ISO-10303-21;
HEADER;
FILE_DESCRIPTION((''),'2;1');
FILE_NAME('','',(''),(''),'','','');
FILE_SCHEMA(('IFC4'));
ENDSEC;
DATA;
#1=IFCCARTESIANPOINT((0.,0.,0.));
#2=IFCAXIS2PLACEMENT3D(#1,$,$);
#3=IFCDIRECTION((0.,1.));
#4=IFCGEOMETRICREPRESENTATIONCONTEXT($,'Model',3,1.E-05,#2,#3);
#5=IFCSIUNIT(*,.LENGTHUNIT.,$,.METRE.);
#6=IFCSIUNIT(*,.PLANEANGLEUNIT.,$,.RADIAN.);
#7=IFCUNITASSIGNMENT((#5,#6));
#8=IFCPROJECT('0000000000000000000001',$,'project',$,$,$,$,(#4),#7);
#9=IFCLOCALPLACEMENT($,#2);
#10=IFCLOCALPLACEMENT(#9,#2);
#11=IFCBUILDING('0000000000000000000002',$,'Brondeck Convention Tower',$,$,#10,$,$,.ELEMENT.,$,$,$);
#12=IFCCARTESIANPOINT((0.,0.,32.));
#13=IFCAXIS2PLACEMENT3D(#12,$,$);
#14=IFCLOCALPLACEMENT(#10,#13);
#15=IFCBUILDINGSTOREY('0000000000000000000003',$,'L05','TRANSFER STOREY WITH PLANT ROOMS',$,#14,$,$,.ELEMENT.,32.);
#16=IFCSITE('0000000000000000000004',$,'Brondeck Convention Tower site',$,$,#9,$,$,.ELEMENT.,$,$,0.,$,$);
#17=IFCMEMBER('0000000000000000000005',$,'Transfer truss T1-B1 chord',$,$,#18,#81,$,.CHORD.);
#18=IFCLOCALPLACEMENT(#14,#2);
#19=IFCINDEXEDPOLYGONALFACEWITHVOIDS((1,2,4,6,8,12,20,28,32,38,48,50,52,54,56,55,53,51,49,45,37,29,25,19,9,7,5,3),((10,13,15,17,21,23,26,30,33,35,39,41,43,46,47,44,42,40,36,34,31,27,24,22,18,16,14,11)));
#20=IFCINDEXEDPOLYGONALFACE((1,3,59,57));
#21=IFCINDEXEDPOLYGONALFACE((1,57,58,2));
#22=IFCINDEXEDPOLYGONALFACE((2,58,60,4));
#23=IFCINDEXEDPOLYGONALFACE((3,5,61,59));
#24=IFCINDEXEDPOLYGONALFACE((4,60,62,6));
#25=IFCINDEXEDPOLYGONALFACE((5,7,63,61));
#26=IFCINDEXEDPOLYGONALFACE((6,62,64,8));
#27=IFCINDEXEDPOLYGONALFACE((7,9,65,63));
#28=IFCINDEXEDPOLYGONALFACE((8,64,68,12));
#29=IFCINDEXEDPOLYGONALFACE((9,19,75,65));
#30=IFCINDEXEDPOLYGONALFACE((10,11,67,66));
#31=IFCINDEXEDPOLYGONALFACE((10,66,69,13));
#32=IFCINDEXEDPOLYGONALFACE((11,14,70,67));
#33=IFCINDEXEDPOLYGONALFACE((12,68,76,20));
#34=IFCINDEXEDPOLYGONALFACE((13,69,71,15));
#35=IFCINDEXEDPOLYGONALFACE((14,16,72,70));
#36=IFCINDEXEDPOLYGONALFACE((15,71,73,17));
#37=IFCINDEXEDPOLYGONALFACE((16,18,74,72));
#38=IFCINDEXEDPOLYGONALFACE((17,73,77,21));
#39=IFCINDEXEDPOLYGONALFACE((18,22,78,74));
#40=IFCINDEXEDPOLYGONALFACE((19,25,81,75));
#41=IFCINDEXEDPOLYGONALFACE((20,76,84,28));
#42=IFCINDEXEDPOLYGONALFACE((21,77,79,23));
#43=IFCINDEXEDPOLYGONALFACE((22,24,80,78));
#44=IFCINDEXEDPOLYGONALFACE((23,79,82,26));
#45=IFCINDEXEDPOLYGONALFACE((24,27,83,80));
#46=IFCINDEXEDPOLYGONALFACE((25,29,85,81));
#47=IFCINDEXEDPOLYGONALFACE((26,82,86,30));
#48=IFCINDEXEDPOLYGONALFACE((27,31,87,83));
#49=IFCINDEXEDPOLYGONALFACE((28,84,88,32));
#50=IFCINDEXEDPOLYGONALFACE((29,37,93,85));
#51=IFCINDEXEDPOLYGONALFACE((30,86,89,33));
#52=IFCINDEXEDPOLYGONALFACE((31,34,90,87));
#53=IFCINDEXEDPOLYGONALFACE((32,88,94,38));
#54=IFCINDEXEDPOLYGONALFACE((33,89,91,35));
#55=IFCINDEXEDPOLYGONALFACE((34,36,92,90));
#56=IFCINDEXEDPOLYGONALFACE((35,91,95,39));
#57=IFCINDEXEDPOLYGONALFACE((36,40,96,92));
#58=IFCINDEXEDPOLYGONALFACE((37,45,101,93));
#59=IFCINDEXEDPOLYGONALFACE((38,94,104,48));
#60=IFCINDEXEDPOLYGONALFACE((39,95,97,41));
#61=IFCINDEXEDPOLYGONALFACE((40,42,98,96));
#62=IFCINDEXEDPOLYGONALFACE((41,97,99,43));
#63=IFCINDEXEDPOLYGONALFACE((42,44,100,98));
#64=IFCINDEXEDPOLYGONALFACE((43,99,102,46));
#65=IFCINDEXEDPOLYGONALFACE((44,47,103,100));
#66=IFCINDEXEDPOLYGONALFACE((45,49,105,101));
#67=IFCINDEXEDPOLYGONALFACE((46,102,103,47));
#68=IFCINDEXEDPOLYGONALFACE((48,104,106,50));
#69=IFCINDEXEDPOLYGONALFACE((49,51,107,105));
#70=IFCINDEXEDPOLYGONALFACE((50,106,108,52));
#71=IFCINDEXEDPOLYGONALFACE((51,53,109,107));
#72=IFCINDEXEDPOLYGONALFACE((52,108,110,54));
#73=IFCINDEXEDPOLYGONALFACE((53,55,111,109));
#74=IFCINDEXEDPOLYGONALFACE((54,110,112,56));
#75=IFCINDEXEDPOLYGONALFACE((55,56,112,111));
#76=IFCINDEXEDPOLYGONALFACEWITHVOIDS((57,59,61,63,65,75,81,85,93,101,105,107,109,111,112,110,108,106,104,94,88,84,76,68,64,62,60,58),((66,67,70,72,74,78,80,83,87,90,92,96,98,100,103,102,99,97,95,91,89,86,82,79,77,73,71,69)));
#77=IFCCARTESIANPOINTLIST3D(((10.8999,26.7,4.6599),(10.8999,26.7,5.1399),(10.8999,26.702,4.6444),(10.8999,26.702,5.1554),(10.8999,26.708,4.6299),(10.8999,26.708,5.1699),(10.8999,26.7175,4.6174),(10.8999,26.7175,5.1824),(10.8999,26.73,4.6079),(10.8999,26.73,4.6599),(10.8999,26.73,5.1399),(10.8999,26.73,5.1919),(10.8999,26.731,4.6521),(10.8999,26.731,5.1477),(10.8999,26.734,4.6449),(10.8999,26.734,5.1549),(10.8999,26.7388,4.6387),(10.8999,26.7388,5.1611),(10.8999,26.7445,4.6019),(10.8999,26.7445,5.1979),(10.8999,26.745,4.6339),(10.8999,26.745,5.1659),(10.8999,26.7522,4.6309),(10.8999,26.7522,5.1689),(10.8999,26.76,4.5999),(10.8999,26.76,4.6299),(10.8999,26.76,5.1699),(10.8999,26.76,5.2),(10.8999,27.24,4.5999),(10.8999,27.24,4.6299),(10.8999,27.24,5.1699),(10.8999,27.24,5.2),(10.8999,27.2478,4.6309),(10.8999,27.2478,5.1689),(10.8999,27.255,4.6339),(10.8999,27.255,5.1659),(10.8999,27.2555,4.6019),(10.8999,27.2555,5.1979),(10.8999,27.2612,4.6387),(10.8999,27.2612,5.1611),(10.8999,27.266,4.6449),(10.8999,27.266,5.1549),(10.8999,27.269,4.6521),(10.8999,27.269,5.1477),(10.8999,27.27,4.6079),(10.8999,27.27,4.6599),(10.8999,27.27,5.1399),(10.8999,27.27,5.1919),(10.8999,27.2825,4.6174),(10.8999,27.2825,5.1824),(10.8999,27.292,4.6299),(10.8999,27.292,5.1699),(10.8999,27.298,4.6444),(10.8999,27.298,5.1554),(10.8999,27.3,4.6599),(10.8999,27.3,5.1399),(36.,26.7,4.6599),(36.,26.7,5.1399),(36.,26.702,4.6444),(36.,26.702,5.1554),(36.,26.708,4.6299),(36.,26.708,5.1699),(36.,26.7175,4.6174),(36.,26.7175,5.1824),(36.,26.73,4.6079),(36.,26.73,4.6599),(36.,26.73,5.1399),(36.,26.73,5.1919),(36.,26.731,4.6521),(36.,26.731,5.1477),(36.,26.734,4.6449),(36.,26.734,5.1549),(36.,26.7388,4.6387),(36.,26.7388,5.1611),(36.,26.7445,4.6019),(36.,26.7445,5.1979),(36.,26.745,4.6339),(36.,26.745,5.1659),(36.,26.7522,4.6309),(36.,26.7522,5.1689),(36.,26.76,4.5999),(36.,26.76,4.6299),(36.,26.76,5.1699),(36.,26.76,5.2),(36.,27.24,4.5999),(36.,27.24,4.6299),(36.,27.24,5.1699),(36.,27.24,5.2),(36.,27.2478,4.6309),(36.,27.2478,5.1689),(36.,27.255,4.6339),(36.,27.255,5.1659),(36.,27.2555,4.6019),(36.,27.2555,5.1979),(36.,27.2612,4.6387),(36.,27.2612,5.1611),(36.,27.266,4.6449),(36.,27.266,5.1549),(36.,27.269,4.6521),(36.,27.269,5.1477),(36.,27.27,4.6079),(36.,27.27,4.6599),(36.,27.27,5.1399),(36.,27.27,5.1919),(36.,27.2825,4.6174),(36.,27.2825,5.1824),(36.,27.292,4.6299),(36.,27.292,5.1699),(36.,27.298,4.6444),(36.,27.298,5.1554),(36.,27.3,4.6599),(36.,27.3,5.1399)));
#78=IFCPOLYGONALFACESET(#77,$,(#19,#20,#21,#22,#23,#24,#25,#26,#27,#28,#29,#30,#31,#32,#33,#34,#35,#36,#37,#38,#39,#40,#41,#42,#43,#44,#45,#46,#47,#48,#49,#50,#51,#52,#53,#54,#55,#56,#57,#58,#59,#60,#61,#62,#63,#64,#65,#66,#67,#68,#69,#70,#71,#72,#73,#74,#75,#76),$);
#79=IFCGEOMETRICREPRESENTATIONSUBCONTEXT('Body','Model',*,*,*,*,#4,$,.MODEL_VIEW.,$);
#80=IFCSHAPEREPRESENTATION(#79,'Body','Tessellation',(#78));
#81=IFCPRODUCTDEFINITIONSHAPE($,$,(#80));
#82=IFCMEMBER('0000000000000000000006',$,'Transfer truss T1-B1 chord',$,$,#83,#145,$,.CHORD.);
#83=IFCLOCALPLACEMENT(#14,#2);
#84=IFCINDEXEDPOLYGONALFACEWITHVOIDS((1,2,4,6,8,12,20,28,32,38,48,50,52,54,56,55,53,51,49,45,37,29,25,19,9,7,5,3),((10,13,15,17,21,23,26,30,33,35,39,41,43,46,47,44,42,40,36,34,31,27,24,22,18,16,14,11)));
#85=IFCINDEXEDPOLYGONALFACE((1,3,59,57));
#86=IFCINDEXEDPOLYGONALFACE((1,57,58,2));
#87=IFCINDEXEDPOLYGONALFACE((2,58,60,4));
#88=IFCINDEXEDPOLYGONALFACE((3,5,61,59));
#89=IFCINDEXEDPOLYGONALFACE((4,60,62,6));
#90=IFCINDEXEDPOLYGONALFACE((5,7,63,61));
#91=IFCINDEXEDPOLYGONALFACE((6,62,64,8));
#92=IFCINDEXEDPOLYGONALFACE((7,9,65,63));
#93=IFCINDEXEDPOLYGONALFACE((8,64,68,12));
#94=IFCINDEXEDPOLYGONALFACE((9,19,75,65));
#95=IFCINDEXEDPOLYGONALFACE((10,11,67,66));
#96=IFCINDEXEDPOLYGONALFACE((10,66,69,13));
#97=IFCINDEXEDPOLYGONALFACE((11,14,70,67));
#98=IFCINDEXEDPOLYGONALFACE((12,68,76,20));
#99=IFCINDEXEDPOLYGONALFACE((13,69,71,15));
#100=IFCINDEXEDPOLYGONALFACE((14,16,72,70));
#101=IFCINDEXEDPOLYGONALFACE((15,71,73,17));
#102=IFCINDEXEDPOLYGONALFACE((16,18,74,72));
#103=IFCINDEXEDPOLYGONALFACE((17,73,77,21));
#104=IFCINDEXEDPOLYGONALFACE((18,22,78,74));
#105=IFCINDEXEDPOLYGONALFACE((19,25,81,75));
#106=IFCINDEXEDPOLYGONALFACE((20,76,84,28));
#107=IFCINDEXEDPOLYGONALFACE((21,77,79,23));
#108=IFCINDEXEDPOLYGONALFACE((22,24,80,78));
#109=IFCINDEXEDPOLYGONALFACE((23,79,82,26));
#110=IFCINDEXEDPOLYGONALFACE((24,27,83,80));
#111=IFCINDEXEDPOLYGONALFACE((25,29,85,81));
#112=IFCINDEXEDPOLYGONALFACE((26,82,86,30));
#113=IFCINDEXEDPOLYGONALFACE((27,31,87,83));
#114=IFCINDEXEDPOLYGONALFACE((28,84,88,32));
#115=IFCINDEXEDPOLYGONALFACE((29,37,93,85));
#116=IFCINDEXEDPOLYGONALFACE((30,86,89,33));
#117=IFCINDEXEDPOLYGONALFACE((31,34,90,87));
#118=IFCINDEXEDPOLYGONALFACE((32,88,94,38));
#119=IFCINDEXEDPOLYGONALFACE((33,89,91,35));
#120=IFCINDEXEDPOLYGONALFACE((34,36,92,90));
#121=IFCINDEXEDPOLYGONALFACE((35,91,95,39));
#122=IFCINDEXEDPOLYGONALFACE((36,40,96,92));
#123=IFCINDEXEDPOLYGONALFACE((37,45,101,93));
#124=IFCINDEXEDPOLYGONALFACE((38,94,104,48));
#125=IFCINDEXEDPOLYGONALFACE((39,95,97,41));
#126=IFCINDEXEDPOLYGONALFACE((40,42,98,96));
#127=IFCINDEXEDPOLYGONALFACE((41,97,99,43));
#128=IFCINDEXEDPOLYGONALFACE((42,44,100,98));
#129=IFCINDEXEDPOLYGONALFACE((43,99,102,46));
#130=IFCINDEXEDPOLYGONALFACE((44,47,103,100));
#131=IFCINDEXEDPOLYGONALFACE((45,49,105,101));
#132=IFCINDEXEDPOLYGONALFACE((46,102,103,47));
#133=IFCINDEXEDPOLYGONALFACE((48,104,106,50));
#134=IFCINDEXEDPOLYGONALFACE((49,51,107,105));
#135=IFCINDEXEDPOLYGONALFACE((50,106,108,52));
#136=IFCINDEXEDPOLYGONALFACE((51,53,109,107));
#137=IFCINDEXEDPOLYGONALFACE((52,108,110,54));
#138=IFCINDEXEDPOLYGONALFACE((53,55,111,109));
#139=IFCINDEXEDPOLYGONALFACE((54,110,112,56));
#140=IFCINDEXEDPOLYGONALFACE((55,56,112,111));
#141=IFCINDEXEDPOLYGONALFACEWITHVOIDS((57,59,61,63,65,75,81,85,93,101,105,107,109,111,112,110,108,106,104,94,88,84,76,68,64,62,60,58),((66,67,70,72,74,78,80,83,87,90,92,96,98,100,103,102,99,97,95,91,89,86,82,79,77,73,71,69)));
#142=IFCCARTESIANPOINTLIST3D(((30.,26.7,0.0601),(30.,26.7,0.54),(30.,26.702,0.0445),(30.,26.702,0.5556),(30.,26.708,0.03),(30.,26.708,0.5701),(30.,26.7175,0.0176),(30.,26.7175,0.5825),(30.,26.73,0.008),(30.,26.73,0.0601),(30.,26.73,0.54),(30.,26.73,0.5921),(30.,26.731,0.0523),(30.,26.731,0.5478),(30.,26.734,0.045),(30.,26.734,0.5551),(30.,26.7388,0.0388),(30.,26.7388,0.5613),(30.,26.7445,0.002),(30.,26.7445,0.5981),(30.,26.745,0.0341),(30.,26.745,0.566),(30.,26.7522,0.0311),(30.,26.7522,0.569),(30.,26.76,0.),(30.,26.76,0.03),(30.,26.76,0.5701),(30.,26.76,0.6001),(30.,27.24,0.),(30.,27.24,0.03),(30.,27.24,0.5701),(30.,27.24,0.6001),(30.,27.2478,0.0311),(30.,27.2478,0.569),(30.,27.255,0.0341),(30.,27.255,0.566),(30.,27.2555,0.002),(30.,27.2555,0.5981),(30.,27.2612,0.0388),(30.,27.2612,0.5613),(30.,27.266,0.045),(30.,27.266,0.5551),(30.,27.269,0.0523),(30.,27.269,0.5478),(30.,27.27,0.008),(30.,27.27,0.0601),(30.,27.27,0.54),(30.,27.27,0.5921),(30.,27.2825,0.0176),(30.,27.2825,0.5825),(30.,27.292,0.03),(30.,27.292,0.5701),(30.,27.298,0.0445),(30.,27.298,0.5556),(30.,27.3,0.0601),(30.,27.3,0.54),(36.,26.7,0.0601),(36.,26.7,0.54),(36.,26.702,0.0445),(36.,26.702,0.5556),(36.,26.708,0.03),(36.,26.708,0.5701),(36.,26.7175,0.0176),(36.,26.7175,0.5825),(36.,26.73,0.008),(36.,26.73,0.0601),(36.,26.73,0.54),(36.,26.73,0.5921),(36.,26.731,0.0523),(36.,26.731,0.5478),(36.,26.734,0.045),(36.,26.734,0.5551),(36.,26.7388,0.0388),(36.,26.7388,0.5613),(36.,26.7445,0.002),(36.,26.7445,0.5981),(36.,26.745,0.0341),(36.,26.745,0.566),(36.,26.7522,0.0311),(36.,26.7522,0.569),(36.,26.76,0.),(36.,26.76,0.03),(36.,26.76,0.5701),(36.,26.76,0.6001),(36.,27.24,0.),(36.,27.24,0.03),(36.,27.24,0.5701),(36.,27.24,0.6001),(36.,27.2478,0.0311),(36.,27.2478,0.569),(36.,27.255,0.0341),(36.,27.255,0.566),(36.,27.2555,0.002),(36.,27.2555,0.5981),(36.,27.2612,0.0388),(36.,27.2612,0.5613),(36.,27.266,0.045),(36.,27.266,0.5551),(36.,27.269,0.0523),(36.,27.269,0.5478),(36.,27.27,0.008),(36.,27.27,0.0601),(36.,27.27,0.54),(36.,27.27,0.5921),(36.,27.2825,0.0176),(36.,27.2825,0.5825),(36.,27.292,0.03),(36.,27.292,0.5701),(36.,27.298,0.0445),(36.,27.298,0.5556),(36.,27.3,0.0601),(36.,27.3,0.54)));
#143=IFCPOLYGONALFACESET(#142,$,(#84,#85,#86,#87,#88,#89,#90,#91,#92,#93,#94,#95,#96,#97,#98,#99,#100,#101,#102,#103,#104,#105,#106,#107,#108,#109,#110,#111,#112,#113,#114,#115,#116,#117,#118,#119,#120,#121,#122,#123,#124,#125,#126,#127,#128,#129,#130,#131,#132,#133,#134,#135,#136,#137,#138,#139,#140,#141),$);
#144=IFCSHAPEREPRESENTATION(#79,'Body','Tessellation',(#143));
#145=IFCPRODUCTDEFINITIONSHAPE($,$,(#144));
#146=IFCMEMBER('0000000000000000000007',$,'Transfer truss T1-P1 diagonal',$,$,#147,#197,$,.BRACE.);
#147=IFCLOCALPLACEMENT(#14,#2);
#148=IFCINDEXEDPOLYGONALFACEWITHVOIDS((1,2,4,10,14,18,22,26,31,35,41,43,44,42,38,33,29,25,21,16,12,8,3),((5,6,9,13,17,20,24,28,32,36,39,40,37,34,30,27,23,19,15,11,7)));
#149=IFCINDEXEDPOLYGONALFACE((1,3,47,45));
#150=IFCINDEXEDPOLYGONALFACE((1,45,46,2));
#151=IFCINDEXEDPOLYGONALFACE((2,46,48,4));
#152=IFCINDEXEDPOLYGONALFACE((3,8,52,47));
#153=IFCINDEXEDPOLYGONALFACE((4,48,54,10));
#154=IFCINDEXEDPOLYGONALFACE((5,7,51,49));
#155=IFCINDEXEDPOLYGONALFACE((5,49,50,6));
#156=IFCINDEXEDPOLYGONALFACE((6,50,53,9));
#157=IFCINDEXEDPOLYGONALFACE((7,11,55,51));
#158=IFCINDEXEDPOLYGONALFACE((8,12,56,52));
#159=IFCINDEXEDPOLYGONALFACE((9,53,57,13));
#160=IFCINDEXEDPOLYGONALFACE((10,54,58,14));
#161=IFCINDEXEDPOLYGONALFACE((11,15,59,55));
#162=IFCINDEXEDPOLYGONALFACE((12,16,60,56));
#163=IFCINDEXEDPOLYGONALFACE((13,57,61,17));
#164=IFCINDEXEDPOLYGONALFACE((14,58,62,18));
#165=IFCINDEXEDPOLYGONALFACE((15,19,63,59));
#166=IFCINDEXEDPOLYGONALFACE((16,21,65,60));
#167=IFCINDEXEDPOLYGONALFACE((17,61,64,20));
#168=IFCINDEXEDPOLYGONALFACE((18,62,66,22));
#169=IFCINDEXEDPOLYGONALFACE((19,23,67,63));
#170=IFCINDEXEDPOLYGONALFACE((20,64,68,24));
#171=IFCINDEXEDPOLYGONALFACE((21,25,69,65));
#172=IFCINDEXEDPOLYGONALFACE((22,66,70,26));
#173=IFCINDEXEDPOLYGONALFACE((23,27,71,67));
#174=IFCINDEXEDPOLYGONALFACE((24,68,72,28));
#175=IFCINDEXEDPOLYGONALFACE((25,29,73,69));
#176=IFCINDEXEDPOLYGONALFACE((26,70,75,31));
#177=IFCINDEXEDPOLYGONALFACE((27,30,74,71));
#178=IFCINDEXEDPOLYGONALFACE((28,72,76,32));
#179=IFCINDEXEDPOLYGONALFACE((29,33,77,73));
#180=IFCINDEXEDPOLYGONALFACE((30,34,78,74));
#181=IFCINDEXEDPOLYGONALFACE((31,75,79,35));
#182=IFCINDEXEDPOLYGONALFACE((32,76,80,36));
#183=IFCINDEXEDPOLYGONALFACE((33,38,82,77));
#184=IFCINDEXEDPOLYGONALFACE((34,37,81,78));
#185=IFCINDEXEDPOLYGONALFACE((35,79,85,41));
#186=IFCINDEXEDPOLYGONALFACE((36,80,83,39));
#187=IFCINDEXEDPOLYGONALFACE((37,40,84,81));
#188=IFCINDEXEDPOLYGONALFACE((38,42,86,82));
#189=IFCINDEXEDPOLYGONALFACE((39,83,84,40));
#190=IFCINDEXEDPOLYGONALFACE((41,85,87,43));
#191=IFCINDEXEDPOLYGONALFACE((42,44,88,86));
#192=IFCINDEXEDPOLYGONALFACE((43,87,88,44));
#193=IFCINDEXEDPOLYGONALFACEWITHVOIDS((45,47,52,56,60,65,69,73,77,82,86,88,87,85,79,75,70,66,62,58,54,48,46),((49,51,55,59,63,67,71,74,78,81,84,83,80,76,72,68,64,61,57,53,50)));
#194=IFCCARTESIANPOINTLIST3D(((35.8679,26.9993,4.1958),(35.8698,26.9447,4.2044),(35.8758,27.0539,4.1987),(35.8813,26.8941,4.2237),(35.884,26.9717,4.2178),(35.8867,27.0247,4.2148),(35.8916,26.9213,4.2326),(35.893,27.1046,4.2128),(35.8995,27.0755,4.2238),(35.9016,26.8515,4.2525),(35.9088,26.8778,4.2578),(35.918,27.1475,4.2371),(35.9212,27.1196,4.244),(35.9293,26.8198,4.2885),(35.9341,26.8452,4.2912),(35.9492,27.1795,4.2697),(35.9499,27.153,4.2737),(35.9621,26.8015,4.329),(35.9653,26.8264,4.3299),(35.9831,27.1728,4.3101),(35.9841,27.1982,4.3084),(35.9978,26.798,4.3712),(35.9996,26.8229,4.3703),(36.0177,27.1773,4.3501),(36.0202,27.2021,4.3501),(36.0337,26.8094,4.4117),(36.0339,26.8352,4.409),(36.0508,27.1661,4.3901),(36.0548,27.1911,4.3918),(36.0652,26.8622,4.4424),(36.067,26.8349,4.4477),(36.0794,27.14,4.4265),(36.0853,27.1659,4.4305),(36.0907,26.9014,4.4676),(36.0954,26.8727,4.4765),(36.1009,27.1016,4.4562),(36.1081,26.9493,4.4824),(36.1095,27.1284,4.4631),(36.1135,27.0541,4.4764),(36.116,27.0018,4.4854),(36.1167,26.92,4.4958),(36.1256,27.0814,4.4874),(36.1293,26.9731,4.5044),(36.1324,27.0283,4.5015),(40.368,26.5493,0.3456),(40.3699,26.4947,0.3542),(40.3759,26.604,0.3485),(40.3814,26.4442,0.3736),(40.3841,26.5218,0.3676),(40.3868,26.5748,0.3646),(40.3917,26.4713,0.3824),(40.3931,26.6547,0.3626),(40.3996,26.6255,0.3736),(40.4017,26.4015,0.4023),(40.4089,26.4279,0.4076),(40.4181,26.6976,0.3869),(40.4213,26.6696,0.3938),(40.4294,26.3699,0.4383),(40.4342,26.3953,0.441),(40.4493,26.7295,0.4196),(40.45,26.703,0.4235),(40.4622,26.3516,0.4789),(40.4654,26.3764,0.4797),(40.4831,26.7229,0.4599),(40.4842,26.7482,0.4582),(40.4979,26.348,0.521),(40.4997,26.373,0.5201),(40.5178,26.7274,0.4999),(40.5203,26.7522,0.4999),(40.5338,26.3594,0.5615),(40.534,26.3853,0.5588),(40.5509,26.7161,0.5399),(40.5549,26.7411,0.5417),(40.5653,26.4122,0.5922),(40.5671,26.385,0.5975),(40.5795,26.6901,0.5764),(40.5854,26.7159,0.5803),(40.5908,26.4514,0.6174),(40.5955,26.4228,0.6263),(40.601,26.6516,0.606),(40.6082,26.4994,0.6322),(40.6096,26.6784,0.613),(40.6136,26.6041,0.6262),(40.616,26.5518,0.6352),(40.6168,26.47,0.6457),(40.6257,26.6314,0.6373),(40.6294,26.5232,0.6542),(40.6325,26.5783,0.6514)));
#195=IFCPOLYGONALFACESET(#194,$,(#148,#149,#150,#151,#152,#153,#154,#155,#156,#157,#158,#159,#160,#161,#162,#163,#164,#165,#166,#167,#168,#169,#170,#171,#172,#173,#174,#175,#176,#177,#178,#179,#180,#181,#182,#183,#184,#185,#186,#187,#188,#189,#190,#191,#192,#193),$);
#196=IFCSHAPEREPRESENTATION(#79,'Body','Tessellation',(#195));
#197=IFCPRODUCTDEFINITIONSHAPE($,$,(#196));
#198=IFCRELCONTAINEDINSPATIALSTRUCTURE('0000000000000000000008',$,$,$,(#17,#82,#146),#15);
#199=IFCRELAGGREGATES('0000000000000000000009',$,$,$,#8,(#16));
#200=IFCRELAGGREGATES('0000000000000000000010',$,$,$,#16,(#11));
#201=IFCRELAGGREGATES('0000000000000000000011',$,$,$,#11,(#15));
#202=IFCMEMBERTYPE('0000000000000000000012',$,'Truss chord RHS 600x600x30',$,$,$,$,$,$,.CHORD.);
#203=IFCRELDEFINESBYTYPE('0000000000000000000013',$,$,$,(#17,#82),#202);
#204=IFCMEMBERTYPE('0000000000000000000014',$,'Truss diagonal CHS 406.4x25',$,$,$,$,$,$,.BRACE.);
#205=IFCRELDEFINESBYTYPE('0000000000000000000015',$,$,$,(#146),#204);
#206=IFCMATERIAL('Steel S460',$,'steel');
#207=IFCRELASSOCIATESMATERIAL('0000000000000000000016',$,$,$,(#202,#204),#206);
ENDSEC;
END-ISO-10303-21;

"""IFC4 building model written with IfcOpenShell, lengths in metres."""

from ifc_helpers import new_model, si_unit, direction, frame, origin, origin_2d, place, context, subcontext, project, spatial, hollow_rectangle, hollow_circle, extrude, material, material_profile, profile_set, type_object, element, save


model = new_model("IFC4")

# Units and contexts
model_context = context("Model", 3, precision=1e-05, world=origin(), true_north=direction((0.0, 1.0)))
body_context = subcontext(model_context, "Body", "Model", "MODEL_VIEW")
ifc_project = project(units=[si_unit("LENGTHUNIT", "METRE"), si_unit("PLANEANGLEUNIT", "RADIAN")], contexts=[model_context])

# Site, building, storey
site_placement = place(None, origin())
site = spatial("IfcSite", under=ifc_project, at=site_placement, Name="Brondeck Convention Tower site", CompositionType="ELEMENT", RefElevation=0.0)
building_placement = place(site_placement, origin())
building = spatial("IfcBuilding", under=site, at=building_placement, Name="Brondeck Convention Tower", CompositionType="ELEMENT")
storey_placement = place(building_placement, frame((0.0, 0.0, 32.0)))
storey = spatial("IfcBuildingStorey", under=building, at=storey_placement, Name="L05", Description="TRANSFER STOREY WITH PLANT ROOMS", CompositionType="ELEMENT", Elevation=32.0)

# Shared definitions
ifc_material_1 = material(Name="Steel S460", Category="steel")

# Members
ifc_material_profile_1 = material_profile(ifc_material_1, hollow_rectangle(XDim=0.6001, YDim=0.6001, WallThickness=0.03, InnerFilletRadius=0.03, OuterFilletRadius=0.0601, at=origin_2d()), Name="RHS 600x600x30")
ifc_profile_set_1 = profile_set([ifc_material_profile_1], Name="Steel S460")
member_type_1 = type_object("IfcMemberType", Name="Truss chord RHS 600x600x30", PredefinedType="CHORD", material=ifc_profile_set_1)
member_1_placement = place(storey_placement, frame((36.0, 27.0, 4.8999), z_axis=(-1.0, 0.0, 0.0), x_axis=(0.0, -1.0, 0.0)))
element("IfcMember", 1, at=member_1_placement, inside=storey, type_object=member_type_1, Name="Transfer truss T1-B1 chord", PredefinedType="CHORD", context=body_context, shape_type="SweptSolid", body=[
    extrude(hollow_rectangle(XDim=0.6001, YDim=0.6001, WallThickness=0.03, InnerFilletRadius=0.03, OuterFilletRadius=0.0601, at=origin_2d()), origin(), (0.0, 0.0, 1.0), 25.1001),
])
member_2_placement = place(storey_placement, frame((36.0, 27.0, 0.3), z_axis=(-1.0, 0.0, 0.0), x_axis=(0.0, -1.0, 0.0)))
element("IfcMember", 2, at=member_2_placement, inside=storey, type_object=member_type_1, Name="Transfer truss T1-B1 chord", PredefinedType="CHORD", context=body_context, shape_type="SweptSolid", body=[
    extrude(hollow_rectangle(XDim=0.6001, YDim=0.6001, WallThickness=0.03, InnerFilletRadius=0.03, OuterFilletRadius=0.0601, at=origin_2d()), origin(), (0.0, 0.0, 1.0), 6.0),
])
ifc_material_profile_2 = material_profile(ifc_material_1, hollow_circle(Radius=0.2031, WallThickness=0.0249, at=origin_2d()), Name="CHS 406.4x25")
ifc_profile_set_2 = profile_set([ifc_material_profile_2], Name="Steel S460")
member_type_2 = type_object("IfcMemberType", Name="Truss diagonal CHS 406.4x25", PredefinedType="BRACE", material=ifc_profile_set_2)
member_3_placement = place(storey_placement, frame((36.0, 27.0, 4.3501), z_axis=(0.75766, -0.075758, -0.648237), x_axis=(0.099493, 0.995038, 0.0)))
element("IfcMember", 3, at=member_3_placement, inside=storey, type_object=member_type_2, Name="Transfer truss T1-P1 diagonal", PredefinedType="BRACE", context=body_context, shape_type="SweptSolid", body=[
    extrude(hollow_circle(Radius=0.2031, WallThickness=0.0249, at=origin_2d()), origin(), (0.0, 0.0, 1.0), 5.9395),
])

save(model, "model.ifc")
